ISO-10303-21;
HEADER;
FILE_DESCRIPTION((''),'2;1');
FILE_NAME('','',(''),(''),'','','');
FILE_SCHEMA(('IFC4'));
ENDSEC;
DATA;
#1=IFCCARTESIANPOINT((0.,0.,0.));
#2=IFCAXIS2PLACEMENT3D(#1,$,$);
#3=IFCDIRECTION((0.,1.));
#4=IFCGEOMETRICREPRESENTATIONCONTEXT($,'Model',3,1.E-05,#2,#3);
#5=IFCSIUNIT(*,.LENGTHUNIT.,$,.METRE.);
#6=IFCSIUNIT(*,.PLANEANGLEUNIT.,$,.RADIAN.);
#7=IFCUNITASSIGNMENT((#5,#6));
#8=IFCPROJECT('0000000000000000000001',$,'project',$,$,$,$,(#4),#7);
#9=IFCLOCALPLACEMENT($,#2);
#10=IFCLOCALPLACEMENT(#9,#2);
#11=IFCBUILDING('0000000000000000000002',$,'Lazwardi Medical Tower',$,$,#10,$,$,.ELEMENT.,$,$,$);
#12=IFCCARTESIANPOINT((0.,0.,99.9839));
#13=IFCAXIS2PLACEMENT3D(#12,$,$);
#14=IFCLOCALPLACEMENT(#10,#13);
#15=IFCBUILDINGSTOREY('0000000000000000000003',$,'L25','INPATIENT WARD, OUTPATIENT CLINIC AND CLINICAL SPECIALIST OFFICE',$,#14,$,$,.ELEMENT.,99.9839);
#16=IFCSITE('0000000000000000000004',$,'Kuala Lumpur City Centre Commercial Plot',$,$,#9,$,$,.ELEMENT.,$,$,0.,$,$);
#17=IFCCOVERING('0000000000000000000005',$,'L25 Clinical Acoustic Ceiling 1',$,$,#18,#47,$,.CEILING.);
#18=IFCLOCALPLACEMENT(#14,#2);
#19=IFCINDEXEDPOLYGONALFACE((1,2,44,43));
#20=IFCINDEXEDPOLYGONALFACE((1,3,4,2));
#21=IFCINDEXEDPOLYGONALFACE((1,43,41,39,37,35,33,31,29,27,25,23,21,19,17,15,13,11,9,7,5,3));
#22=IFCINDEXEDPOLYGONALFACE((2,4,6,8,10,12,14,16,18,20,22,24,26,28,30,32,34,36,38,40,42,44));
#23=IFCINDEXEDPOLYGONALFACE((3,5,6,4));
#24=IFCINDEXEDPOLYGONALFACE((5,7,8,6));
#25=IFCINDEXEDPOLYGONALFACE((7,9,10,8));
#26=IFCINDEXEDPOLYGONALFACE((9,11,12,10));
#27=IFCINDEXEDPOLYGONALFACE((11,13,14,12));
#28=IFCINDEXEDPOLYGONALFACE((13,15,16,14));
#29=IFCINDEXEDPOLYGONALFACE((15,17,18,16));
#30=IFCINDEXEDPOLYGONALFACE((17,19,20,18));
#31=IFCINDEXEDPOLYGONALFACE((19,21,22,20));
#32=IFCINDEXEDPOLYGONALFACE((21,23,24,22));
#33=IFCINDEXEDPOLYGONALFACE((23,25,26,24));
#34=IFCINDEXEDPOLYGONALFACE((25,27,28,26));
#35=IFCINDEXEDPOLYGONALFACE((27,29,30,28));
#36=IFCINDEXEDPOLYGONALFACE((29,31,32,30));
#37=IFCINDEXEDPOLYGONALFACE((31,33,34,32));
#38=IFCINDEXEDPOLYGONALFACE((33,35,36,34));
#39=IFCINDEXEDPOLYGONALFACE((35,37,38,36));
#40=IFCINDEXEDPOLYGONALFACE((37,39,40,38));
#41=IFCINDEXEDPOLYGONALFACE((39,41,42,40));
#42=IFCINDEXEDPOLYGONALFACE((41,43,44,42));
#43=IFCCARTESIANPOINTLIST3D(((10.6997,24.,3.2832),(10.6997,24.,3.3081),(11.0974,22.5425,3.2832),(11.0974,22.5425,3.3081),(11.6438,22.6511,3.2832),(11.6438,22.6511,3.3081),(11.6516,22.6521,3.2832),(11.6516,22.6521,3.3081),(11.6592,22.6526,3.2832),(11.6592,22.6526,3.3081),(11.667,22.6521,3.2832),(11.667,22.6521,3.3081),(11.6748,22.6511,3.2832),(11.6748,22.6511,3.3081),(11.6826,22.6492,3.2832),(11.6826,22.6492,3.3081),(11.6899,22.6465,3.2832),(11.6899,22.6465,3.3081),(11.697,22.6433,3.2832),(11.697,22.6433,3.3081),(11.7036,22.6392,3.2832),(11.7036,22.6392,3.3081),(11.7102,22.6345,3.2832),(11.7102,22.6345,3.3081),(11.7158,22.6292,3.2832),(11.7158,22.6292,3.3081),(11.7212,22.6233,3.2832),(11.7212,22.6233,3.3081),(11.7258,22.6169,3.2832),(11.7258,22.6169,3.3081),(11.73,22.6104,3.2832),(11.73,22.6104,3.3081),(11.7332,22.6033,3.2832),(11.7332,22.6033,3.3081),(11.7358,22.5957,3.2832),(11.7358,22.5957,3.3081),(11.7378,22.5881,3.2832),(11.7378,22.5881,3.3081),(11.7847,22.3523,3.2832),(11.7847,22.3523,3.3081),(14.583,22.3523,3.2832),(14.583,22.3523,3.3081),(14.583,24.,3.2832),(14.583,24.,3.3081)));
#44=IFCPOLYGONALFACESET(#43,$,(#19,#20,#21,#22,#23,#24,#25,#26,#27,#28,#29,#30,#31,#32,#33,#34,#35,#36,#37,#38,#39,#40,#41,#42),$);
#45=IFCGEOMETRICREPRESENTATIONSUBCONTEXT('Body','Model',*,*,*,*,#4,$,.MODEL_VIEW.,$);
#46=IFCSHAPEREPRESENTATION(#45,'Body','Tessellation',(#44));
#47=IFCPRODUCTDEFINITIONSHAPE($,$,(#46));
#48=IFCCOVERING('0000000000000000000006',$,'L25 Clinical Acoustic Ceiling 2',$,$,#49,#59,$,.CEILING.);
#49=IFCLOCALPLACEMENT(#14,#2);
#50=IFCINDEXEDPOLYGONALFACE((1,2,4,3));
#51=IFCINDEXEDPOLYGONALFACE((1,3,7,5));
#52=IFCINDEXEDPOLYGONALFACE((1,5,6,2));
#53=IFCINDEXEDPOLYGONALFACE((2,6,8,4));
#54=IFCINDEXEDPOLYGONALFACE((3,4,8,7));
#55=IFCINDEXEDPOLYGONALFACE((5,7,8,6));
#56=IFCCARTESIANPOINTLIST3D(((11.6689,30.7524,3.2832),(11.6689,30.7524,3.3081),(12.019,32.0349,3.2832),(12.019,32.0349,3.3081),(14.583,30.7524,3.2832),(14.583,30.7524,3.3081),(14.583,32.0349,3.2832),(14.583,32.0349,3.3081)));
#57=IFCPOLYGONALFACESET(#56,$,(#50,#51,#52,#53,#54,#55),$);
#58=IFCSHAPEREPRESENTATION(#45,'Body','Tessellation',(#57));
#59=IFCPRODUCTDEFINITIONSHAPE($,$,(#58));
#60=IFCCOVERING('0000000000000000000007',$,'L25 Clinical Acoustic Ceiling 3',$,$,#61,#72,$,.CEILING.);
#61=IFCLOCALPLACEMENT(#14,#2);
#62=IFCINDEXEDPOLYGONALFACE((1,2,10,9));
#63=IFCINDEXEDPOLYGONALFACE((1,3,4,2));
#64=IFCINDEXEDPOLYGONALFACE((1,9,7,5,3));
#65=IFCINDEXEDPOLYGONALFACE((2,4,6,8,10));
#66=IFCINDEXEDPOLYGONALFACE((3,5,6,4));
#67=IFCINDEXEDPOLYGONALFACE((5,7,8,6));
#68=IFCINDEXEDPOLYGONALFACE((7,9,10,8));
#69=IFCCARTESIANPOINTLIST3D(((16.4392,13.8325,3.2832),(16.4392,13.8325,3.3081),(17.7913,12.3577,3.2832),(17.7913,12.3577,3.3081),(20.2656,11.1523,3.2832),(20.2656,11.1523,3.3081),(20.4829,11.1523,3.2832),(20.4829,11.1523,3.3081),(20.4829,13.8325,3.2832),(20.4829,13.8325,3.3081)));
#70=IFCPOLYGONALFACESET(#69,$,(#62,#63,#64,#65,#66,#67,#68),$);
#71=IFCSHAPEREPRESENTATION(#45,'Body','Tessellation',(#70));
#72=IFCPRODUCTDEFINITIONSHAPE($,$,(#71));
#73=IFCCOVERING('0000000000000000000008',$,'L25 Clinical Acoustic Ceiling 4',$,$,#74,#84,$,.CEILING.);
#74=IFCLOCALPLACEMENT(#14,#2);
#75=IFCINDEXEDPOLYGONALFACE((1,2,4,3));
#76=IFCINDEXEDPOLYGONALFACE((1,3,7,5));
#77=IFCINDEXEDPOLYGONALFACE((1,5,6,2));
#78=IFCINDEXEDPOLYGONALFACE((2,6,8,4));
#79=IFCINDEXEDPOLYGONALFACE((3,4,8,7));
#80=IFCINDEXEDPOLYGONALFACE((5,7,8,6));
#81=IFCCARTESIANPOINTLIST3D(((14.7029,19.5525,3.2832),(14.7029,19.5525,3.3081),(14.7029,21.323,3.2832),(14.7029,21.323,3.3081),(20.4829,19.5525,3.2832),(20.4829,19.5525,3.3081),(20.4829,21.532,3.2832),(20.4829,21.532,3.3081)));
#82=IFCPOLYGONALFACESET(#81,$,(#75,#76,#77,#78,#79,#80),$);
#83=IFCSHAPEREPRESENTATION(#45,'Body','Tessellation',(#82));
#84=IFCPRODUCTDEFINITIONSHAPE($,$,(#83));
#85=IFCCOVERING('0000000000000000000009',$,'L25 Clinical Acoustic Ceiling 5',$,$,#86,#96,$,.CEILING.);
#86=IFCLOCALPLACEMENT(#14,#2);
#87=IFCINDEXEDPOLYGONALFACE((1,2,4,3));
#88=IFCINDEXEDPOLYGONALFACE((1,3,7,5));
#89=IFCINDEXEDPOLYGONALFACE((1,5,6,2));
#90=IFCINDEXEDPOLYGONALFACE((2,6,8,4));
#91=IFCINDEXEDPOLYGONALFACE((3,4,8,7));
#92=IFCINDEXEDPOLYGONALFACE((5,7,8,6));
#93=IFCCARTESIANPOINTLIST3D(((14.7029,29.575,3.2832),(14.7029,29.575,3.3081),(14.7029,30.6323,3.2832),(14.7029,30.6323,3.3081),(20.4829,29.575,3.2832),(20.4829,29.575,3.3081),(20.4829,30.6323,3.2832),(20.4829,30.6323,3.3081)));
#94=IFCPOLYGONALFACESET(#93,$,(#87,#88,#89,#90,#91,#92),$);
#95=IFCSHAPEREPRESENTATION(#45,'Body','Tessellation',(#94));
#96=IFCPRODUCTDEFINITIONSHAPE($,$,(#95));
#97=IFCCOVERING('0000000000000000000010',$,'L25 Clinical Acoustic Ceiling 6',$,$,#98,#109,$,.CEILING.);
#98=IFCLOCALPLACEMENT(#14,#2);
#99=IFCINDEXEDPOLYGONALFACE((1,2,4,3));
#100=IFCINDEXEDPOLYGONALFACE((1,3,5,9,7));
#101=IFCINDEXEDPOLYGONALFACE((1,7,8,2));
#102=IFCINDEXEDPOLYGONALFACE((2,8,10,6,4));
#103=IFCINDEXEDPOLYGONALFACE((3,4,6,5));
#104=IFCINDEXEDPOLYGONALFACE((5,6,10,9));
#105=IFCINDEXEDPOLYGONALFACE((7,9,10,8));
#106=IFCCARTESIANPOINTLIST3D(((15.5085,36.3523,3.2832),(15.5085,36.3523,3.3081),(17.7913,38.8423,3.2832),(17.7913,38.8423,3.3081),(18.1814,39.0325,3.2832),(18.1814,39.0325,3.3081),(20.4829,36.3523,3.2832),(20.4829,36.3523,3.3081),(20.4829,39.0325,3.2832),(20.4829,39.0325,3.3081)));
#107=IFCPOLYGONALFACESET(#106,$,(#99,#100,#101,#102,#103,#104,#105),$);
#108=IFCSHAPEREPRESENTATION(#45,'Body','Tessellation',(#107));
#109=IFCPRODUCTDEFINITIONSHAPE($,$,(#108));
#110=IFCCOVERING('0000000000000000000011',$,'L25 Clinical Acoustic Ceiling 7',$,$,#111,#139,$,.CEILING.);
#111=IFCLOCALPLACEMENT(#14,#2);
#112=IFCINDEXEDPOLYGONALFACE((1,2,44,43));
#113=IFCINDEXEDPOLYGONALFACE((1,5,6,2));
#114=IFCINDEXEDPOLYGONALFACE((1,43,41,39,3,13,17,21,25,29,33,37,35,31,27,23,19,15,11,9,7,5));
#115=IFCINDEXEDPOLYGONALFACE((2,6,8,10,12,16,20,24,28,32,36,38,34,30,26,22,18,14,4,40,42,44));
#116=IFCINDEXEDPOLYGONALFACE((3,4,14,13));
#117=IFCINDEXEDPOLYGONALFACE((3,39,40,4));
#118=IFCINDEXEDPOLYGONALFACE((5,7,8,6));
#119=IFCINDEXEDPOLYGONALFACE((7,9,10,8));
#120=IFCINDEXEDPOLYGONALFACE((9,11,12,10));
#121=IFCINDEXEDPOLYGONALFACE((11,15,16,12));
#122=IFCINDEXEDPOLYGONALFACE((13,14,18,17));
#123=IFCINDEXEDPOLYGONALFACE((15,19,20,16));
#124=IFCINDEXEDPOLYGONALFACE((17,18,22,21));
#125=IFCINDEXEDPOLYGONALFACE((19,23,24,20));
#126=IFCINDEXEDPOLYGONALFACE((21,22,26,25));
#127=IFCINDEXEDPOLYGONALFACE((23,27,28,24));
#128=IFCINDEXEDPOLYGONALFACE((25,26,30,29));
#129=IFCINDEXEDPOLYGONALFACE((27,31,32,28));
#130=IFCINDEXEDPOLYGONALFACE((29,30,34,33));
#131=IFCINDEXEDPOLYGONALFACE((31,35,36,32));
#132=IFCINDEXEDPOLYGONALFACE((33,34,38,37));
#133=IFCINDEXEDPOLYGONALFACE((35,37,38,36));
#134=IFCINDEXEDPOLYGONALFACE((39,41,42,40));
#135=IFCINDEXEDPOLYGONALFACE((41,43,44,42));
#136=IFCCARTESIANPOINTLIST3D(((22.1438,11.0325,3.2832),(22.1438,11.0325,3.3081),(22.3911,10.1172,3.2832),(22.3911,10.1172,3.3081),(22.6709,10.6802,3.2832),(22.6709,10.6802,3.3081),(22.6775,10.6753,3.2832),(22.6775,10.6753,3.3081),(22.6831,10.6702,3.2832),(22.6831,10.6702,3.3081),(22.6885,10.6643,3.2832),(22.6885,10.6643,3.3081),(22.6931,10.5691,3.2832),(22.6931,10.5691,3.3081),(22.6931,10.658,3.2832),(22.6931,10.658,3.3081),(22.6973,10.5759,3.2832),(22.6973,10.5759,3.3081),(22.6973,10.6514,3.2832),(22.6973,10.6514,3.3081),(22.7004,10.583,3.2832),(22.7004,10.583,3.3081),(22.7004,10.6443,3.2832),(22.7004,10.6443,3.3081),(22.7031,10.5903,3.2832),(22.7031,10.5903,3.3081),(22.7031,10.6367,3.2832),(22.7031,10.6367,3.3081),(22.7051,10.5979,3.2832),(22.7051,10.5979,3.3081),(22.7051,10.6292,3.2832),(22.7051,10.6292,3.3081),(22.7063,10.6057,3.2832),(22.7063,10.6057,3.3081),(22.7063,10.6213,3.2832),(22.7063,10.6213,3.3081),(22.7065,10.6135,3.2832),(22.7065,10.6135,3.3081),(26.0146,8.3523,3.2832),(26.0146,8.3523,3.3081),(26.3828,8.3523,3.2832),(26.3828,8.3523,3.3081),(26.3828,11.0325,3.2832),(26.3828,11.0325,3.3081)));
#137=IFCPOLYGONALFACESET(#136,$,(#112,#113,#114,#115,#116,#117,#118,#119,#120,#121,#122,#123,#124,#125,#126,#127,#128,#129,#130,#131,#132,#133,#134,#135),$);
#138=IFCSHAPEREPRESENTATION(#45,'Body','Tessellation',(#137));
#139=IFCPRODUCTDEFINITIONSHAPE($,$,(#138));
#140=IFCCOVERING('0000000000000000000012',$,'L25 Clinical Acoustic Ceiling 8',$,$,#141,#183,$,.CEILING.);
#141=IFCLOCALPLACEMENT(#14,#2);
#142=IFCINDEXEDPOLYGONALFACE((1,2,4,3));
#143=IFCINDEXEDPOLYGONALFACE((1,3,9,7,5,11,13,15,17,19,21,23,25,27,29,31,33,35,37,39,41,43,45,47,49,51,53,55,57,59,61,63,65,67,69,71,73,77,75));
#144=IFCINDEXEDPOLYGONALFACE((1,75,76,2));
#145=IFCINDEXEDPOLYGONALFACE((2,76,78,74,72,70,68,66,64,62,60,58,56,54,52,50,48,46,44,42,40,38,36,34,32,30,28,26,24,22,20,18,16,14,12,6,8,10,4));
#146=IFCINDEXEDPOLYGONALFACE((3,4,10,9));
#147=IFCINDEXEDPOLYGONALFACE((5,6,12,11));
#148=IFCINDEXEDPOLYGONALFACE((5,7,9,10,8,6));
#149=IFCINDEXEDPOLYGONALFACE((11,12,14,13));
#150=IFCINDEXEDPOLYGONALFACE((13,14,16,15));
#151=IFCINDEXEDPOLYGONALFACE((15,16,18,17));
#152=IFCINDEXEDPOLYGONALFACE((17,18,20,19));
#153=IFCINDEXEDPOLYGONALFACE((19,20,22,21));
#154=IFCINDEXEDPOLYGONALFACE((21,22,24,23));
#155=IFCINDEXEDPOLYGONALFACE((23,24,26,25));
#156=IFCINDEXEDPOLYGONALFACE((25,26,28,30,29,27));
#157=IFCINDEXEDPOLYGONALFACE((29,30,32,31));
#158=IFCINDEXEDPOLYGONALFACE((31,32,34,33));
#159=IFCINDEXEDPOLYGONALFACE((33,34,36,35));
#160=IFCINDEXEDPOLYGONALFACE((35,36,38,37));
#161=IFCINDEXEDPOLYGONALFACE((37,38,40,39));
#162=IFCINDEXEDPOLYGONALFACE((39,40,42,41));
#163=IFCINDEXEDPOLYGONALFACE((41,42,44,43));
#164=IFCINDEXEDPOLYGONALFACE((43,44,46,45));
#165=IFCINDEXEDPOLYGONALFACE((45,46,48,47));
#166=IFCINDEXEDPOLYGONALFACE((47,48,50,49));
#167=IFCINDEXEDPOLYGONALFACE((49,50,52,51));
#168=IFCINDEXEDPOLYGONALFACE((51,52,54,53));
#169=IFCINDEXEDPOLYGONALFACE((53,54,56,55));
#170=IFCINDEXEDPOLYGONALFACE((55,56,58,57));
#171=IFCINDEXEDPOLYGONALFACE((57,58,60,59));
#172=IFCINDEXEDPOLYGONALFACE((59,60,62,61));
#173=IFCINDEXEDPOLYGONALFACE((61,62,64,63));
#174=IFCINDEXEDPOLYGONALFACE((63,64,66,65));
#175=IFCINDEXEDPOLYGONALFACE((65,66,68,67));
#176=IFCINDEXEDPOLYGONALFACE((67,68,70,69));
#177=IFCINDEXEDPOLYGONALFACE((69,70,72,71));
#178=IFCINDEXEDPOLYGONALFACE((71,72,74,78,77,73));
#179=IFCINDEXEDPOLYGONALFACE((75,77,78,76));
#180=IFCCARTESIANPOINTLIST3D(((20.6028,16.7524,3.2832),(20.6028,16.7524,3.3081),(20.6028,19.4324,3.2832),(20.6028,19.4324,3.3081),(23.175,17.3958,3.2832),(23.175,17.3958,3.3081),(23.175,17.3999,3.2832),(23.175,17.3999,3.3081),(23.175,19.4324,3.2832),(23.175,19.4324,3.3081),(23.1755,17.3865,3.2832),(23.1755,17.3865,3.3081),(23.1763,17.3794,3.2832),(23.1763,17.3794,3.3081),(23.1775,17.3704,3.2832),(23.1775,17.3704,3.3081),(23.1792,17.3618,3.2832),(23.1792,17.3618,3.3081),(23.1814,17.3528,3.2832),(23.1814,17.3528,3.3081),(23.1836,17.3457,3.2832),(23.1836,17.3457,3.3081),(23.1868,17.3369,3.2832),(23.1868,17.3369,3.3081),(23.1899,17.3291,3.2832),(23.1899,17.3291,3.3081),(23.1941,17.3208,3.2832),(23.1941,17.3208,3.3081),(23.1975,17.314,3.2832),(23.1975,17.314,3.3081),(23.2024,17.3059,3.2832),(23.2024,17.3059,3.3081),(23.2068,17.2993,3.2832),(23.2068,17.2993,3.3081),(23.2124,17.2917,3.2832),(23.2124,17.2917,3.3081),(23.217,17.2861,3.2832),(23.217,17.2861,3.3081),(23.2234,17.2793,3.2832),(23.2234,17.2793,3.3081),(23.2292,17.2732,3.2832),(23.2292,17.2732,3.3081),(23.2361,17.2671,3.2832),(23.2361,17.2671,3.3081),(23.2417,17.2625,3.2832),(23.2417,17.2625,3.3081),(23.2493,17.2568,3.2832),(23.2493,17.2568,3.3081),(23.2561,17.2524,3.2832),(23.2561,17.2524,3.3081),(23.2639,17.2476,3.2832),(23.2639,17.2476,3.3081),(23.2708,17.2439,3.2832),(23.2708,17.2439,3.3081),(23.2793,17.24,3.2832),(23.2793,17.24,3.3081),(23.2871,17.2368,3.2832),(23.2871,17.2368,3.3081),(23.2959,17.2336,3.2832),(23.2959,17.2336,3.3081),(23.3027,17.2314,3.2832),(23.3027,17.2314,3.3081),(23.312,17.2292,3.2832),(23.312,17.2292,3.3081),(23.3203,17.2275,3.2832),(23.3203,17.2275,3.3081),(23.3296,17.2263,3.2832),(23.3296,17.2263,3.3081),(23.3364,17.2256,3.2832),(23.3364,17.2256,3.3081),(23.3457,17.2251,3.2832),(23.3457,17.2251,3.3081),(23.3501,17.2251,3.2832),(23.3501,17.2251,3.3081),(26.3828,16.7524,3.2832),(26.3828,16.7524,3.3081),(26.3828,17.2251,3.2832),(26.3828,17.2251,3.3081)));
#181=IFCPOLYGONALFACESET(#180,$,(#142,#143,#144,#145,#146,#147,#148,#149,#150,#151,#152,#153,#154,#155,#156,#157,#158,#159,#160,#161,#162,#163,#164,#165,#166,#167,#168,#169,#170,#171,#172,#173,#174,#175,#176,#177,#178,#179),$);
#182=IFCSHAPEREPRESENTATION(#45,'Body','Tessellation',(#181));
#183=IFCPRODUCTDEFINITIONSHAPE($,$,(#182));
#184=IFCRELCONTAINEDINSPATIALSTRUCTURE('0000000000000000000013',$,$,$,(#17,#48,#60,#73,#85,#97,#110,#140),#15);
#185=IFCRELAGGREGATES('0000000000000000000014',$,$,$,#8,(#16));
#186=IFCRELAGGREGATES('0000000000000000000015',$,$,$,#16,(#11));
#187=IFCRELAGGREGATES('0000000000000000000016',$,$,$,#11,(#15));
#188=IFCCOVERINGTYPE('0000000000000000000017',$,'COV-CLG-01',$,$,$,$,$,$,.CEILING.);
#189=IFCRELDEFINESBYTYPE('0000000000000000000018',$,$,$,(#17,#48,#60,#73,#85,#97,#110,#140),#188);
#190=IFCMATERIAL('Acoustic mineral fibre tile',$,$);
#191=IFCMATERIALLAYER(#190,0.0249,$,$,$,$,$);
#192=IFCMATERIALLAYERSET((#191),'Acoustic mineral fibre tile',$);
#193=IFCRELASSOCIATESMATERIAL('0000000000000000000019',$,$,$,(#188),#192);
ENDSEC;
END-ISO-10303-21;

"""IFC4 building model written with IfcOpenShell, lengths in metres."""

from ifc_helpers import new_model, si_unit, direction, frame, origin, place, context, subcontext, project, spatial, polyline, outline, extrude, material, layer, layer_set, type_object, element, save


model = new_model("IFC4")

# Units and contexts
model_context = context("Model", 3, precision=1e-05, world=origin(), true_north=direction((0.0, 1.0)))
body_context = subcontext(model_context, "Body", "Model", "MODEL_VIEW")
ifc_project = project(units=[si_unit("LENGTHUNIT", "METRE"), si_unit("PLANEANGLEUNIT", "RADIAN")], contexts=[model_context])

# Site, building, storey
site_placement = place(None, origin())
site = spatial("IfcSite", under=ifc_project, at=site_placement, Name="Kuala Lumpur City Centre Commercial Plot", CompositionType="ELEMENT", RefElevation=0.0)
building_placement = place(site_placement, origin())
building = spatial("IfcBuilding", under=site, at=building_placement, Name="Lazwardi Medical Tower", CompositionType="ELEMENT")
storey_placement = place(building_placement, frame((0.0, 0.0, 99.9839)))
storey = spatial("IfcBuildingStorey", under=building, at=storey_placement, Name="L25", Description="INPATIENT WARD, OUTPATIENT CLINIC AND CLINICAL SPECIALIST OFFICE", CompositionType="ELEMENT", Elevation=99.9839)

# Coverings
ifc_material_1 = material(Name="Acoustic mineral fibre tile")
ifc_layer_1 = layer(ifc_material_1, 0.0249)
ifc_layer_set_1 = layer_set([ifc_layer_1], Name="Acoustic mineral fibre tile")
covering_type_1 = type_object("IfcCoveringType", Name="COV-CLG-01", PredefinedType="CEILING", material=ifc_layer_set_1)
covering_1_placement = place(storey_placement, frame((0.0, 0.0, 3.2832)))
element("IfcCovering", 1, at=covering_1_placement, inside=storey, type_object=covering_type_1, Name="L25 Clinical Acoustic Ceiling 1", PredefinedType="CEILING", context=body_context, shape_type="SweptSolid", body=[
    extrude(outline(polyline([(14.583, 24.0), (10.6997, 24.0), (11.0974, 22.5425), (11.6438, 22.6511), (11.6516, 22.6521), (11.6592, 22.6526), (11.667, 22.6521), (11.6748, 22.6511), (11.6826, 22.6492), (11.6899, 22.6465), (11.697, 22.6433), (11.7036, 22.6392), (11.7102, 22.6345), (11.7158, 22.6292), (11.7212, 22.6233), (11.7258, 22.6169), (11.73, 22.6104), (11.7332, 22.6033), (11.7358, 22.5957), (11.7378, 22.5881), (11.7847, 22.3523), (14.583, 22.3523), (14.583, 24.0)])), origin(), (0.0, 0.0, 1.0), 0.0249),
])
covering_2_placement = place(storey_placement, frame((0.0, 0.0, 3.2832)))
element("IfcCovering", 2, at=covering_2_placement, inside=storey, type_object=covering_type_1, Name="L25 Clinical Acoustic Ceiling 2", PredefinedType="CEILING", context=body_context, shape_type="SweptSolid", body=[
    extrude(outline(polyline([(14.583, 32.0349), (12.019, 32.0349), (11.6689, 30.7524), (14.583, 30.7524), (14.583, 32.0349)])), origin(), (0.0, 0.0, 1.0), 0.0249),
])
covering_3_placement = place(storey_placement, frame((0.0, 0.0, 3.2832)))
element("IfcCovering", 3, at=covering_3_placement, inside=storey, type_object=covering_type_1, Name="L25 Clinical Acoustic Ceiling 3", PredefinedType="CEILING", context=body_context, shape_type="SweptSolid", body=[
    extrude(outline(polyline([(16.4392, 13.8325), (17.7913, 12.3577), (20.2656, 11.1523), (20.4829, 11.1523), (20.4829, 13.8325), (16.4392, 13.8325)])), origin(), (0.0, 0.0, 1.0), 0.0249),
])
covering_4_placement = place(storey_placement, frame((0.0, 0.0, 3.2832)))
element("IfcCovering", 4, at=covering_4_placement, inside=storey, type_object=covering_type_1, Name="L25 Clinical Acoustic Ceiling 4", PredefinedType="CEILING", context=body_context, shape_type="SweptSolid", body=[
    extrude(outline(polyline([(20.4829, 21.532), (14.7029, 21.323), (14.7029, 19.5525), (20.4829, 19.5525), (20.4829, 21.532)])), origin(), (0.0, 0.0, 1.0), 0.0249),
])
covering_5_placement = place(storey_placement, frame((0.0, 0.0, 3.2832)))
element("IfcCovering", 5, at=covering_5_placement, inside=storey, type_object=covering_type_1, Name="L25 Clinical Acoustic Ceiling 5", PredefinedType="CEILING", context=body_context, shape_type="SweptSolid", body=[
    extrude(outline(polyline([(14.7029, 29.575), (20.4829, 29.575), (20.4829, 30.6323), (14.7029, 30.6323), (14.7029, 29.575)])), origin(), (0.0, 0.0, 1.0), 0.0249),
])
covering_6_placement = place(storey_placement, frame((0.0, 0.0, 3.2832)))
element("IfcCovering", 6, at=covering_6_placement, inside=storey, type_object=covering_type_1, Name="L25 Clinical Acoustic Ceiling 6", PredefinedType="CEILING", context=body_context, shape_type="SweptSolid", body=[
    extrude(outline(polyline([(18.1814, 39.0325), (17.7913, 38.8423), (15.5085, 36.3523), (20.4829, 36.3523), (20.4829, 39.0325), (18.1814, 39.0325)])), origin(), (0.0, 0.0, 1.0), 0.0249),
])
covering_7_placement = place(storey_placement, frame((0.0, 0.0, 3.2832)))
element("IfcCovering", 7, at=covering_7_placement, inside=storey, type_object=covering_type_1, Name="L25 Clinical Acoustic Ceiling 7", PredefinedType="CEILING", context=body_context, shape_type="SweptSolid", body=[
    extrude(outline(polyline([(22.1438, 11.0325), (22.6709, 10.6802), (22.6775, 10.6753), (22.6831, 10.6702), (22.6885, 10.6643), (22.6931, 10.658), (22.6973, 10.6514), (22.7004, 10.6443), (22.7031, 10.6367), (22.7051, 10.6292), (22.7063, 10.6213), (22.7065, 10.6135), (22.7063, 10.6057), (22.7051, 10.5979), (22.7031, 10.5903), (22.7004, 10.583), (22.6973, 10.5759), (22.6931, 10.5691), (22.3911, 10.1172), (26.0146, 8.3523), (26.3828, 8.3523), (26.3828, 11.0325), (22.1438, 11.0325)])), origin(), (0.0, 0.0, 1.0), 0.0249),
])
covering_8_placement = place(storey_placement, frame((0.0, 0.0, 3.2832)))
element("IfcCovering", 8, at=covering_8_placement, inside=storey, type_object=covering_type_1, Name="L25 Clinical Acoustic Ceiling 8", PredefinedType="CEILING", context=body_context, shape_type="SweptSolid", body=[
    extrude(outline(polyline([(26.3828, 17.2251), (23.3501, 17.2251), (23.3457, 17.2251), (23.3364, 17.2256), (23.3296, 17.2263), (23.3203, 17.2275), (23.312, 17.2292), (23.3027, 17.2314), (23.2959, 17.2336), (23.2871, 17.2368), (23.2793, 17.24), (23.2708, 17.2439), (23.2639, 17.2476), (23.2561, 17.2524), (23.2493, 17.2568), (23.2417, 17.2625), (23.2361, 17.2671), (23.2292, 17.2732), (23.2234, 17.2793), (23.217, 17.2861), (23.2124, 17.2917), (23.2068, 17.2993), (23.2024, 17.3059), (23.1975, 17.314), (23.1941, 17.3208), (23.1899, 17.3291), (23.1868, 17.3369), (23.1836, 17.3457), (23.1814, 17.3528), (23.1792, 17.3618), (23.1775, 17.3704), (23.1763, 17.3794), (23.1755, 17.3865), (23.175, 17.3958), (23.175, 17.3999), (23.175, 19.4324), (20.6028, 19.4324), (20.6028, 16.7524), (26.3828, 16.7524), (26.3828, 17.2251)])), origin(), (0.0, 0.0, 1.0), 0.0249),
])

save(model, "model.ifc")
